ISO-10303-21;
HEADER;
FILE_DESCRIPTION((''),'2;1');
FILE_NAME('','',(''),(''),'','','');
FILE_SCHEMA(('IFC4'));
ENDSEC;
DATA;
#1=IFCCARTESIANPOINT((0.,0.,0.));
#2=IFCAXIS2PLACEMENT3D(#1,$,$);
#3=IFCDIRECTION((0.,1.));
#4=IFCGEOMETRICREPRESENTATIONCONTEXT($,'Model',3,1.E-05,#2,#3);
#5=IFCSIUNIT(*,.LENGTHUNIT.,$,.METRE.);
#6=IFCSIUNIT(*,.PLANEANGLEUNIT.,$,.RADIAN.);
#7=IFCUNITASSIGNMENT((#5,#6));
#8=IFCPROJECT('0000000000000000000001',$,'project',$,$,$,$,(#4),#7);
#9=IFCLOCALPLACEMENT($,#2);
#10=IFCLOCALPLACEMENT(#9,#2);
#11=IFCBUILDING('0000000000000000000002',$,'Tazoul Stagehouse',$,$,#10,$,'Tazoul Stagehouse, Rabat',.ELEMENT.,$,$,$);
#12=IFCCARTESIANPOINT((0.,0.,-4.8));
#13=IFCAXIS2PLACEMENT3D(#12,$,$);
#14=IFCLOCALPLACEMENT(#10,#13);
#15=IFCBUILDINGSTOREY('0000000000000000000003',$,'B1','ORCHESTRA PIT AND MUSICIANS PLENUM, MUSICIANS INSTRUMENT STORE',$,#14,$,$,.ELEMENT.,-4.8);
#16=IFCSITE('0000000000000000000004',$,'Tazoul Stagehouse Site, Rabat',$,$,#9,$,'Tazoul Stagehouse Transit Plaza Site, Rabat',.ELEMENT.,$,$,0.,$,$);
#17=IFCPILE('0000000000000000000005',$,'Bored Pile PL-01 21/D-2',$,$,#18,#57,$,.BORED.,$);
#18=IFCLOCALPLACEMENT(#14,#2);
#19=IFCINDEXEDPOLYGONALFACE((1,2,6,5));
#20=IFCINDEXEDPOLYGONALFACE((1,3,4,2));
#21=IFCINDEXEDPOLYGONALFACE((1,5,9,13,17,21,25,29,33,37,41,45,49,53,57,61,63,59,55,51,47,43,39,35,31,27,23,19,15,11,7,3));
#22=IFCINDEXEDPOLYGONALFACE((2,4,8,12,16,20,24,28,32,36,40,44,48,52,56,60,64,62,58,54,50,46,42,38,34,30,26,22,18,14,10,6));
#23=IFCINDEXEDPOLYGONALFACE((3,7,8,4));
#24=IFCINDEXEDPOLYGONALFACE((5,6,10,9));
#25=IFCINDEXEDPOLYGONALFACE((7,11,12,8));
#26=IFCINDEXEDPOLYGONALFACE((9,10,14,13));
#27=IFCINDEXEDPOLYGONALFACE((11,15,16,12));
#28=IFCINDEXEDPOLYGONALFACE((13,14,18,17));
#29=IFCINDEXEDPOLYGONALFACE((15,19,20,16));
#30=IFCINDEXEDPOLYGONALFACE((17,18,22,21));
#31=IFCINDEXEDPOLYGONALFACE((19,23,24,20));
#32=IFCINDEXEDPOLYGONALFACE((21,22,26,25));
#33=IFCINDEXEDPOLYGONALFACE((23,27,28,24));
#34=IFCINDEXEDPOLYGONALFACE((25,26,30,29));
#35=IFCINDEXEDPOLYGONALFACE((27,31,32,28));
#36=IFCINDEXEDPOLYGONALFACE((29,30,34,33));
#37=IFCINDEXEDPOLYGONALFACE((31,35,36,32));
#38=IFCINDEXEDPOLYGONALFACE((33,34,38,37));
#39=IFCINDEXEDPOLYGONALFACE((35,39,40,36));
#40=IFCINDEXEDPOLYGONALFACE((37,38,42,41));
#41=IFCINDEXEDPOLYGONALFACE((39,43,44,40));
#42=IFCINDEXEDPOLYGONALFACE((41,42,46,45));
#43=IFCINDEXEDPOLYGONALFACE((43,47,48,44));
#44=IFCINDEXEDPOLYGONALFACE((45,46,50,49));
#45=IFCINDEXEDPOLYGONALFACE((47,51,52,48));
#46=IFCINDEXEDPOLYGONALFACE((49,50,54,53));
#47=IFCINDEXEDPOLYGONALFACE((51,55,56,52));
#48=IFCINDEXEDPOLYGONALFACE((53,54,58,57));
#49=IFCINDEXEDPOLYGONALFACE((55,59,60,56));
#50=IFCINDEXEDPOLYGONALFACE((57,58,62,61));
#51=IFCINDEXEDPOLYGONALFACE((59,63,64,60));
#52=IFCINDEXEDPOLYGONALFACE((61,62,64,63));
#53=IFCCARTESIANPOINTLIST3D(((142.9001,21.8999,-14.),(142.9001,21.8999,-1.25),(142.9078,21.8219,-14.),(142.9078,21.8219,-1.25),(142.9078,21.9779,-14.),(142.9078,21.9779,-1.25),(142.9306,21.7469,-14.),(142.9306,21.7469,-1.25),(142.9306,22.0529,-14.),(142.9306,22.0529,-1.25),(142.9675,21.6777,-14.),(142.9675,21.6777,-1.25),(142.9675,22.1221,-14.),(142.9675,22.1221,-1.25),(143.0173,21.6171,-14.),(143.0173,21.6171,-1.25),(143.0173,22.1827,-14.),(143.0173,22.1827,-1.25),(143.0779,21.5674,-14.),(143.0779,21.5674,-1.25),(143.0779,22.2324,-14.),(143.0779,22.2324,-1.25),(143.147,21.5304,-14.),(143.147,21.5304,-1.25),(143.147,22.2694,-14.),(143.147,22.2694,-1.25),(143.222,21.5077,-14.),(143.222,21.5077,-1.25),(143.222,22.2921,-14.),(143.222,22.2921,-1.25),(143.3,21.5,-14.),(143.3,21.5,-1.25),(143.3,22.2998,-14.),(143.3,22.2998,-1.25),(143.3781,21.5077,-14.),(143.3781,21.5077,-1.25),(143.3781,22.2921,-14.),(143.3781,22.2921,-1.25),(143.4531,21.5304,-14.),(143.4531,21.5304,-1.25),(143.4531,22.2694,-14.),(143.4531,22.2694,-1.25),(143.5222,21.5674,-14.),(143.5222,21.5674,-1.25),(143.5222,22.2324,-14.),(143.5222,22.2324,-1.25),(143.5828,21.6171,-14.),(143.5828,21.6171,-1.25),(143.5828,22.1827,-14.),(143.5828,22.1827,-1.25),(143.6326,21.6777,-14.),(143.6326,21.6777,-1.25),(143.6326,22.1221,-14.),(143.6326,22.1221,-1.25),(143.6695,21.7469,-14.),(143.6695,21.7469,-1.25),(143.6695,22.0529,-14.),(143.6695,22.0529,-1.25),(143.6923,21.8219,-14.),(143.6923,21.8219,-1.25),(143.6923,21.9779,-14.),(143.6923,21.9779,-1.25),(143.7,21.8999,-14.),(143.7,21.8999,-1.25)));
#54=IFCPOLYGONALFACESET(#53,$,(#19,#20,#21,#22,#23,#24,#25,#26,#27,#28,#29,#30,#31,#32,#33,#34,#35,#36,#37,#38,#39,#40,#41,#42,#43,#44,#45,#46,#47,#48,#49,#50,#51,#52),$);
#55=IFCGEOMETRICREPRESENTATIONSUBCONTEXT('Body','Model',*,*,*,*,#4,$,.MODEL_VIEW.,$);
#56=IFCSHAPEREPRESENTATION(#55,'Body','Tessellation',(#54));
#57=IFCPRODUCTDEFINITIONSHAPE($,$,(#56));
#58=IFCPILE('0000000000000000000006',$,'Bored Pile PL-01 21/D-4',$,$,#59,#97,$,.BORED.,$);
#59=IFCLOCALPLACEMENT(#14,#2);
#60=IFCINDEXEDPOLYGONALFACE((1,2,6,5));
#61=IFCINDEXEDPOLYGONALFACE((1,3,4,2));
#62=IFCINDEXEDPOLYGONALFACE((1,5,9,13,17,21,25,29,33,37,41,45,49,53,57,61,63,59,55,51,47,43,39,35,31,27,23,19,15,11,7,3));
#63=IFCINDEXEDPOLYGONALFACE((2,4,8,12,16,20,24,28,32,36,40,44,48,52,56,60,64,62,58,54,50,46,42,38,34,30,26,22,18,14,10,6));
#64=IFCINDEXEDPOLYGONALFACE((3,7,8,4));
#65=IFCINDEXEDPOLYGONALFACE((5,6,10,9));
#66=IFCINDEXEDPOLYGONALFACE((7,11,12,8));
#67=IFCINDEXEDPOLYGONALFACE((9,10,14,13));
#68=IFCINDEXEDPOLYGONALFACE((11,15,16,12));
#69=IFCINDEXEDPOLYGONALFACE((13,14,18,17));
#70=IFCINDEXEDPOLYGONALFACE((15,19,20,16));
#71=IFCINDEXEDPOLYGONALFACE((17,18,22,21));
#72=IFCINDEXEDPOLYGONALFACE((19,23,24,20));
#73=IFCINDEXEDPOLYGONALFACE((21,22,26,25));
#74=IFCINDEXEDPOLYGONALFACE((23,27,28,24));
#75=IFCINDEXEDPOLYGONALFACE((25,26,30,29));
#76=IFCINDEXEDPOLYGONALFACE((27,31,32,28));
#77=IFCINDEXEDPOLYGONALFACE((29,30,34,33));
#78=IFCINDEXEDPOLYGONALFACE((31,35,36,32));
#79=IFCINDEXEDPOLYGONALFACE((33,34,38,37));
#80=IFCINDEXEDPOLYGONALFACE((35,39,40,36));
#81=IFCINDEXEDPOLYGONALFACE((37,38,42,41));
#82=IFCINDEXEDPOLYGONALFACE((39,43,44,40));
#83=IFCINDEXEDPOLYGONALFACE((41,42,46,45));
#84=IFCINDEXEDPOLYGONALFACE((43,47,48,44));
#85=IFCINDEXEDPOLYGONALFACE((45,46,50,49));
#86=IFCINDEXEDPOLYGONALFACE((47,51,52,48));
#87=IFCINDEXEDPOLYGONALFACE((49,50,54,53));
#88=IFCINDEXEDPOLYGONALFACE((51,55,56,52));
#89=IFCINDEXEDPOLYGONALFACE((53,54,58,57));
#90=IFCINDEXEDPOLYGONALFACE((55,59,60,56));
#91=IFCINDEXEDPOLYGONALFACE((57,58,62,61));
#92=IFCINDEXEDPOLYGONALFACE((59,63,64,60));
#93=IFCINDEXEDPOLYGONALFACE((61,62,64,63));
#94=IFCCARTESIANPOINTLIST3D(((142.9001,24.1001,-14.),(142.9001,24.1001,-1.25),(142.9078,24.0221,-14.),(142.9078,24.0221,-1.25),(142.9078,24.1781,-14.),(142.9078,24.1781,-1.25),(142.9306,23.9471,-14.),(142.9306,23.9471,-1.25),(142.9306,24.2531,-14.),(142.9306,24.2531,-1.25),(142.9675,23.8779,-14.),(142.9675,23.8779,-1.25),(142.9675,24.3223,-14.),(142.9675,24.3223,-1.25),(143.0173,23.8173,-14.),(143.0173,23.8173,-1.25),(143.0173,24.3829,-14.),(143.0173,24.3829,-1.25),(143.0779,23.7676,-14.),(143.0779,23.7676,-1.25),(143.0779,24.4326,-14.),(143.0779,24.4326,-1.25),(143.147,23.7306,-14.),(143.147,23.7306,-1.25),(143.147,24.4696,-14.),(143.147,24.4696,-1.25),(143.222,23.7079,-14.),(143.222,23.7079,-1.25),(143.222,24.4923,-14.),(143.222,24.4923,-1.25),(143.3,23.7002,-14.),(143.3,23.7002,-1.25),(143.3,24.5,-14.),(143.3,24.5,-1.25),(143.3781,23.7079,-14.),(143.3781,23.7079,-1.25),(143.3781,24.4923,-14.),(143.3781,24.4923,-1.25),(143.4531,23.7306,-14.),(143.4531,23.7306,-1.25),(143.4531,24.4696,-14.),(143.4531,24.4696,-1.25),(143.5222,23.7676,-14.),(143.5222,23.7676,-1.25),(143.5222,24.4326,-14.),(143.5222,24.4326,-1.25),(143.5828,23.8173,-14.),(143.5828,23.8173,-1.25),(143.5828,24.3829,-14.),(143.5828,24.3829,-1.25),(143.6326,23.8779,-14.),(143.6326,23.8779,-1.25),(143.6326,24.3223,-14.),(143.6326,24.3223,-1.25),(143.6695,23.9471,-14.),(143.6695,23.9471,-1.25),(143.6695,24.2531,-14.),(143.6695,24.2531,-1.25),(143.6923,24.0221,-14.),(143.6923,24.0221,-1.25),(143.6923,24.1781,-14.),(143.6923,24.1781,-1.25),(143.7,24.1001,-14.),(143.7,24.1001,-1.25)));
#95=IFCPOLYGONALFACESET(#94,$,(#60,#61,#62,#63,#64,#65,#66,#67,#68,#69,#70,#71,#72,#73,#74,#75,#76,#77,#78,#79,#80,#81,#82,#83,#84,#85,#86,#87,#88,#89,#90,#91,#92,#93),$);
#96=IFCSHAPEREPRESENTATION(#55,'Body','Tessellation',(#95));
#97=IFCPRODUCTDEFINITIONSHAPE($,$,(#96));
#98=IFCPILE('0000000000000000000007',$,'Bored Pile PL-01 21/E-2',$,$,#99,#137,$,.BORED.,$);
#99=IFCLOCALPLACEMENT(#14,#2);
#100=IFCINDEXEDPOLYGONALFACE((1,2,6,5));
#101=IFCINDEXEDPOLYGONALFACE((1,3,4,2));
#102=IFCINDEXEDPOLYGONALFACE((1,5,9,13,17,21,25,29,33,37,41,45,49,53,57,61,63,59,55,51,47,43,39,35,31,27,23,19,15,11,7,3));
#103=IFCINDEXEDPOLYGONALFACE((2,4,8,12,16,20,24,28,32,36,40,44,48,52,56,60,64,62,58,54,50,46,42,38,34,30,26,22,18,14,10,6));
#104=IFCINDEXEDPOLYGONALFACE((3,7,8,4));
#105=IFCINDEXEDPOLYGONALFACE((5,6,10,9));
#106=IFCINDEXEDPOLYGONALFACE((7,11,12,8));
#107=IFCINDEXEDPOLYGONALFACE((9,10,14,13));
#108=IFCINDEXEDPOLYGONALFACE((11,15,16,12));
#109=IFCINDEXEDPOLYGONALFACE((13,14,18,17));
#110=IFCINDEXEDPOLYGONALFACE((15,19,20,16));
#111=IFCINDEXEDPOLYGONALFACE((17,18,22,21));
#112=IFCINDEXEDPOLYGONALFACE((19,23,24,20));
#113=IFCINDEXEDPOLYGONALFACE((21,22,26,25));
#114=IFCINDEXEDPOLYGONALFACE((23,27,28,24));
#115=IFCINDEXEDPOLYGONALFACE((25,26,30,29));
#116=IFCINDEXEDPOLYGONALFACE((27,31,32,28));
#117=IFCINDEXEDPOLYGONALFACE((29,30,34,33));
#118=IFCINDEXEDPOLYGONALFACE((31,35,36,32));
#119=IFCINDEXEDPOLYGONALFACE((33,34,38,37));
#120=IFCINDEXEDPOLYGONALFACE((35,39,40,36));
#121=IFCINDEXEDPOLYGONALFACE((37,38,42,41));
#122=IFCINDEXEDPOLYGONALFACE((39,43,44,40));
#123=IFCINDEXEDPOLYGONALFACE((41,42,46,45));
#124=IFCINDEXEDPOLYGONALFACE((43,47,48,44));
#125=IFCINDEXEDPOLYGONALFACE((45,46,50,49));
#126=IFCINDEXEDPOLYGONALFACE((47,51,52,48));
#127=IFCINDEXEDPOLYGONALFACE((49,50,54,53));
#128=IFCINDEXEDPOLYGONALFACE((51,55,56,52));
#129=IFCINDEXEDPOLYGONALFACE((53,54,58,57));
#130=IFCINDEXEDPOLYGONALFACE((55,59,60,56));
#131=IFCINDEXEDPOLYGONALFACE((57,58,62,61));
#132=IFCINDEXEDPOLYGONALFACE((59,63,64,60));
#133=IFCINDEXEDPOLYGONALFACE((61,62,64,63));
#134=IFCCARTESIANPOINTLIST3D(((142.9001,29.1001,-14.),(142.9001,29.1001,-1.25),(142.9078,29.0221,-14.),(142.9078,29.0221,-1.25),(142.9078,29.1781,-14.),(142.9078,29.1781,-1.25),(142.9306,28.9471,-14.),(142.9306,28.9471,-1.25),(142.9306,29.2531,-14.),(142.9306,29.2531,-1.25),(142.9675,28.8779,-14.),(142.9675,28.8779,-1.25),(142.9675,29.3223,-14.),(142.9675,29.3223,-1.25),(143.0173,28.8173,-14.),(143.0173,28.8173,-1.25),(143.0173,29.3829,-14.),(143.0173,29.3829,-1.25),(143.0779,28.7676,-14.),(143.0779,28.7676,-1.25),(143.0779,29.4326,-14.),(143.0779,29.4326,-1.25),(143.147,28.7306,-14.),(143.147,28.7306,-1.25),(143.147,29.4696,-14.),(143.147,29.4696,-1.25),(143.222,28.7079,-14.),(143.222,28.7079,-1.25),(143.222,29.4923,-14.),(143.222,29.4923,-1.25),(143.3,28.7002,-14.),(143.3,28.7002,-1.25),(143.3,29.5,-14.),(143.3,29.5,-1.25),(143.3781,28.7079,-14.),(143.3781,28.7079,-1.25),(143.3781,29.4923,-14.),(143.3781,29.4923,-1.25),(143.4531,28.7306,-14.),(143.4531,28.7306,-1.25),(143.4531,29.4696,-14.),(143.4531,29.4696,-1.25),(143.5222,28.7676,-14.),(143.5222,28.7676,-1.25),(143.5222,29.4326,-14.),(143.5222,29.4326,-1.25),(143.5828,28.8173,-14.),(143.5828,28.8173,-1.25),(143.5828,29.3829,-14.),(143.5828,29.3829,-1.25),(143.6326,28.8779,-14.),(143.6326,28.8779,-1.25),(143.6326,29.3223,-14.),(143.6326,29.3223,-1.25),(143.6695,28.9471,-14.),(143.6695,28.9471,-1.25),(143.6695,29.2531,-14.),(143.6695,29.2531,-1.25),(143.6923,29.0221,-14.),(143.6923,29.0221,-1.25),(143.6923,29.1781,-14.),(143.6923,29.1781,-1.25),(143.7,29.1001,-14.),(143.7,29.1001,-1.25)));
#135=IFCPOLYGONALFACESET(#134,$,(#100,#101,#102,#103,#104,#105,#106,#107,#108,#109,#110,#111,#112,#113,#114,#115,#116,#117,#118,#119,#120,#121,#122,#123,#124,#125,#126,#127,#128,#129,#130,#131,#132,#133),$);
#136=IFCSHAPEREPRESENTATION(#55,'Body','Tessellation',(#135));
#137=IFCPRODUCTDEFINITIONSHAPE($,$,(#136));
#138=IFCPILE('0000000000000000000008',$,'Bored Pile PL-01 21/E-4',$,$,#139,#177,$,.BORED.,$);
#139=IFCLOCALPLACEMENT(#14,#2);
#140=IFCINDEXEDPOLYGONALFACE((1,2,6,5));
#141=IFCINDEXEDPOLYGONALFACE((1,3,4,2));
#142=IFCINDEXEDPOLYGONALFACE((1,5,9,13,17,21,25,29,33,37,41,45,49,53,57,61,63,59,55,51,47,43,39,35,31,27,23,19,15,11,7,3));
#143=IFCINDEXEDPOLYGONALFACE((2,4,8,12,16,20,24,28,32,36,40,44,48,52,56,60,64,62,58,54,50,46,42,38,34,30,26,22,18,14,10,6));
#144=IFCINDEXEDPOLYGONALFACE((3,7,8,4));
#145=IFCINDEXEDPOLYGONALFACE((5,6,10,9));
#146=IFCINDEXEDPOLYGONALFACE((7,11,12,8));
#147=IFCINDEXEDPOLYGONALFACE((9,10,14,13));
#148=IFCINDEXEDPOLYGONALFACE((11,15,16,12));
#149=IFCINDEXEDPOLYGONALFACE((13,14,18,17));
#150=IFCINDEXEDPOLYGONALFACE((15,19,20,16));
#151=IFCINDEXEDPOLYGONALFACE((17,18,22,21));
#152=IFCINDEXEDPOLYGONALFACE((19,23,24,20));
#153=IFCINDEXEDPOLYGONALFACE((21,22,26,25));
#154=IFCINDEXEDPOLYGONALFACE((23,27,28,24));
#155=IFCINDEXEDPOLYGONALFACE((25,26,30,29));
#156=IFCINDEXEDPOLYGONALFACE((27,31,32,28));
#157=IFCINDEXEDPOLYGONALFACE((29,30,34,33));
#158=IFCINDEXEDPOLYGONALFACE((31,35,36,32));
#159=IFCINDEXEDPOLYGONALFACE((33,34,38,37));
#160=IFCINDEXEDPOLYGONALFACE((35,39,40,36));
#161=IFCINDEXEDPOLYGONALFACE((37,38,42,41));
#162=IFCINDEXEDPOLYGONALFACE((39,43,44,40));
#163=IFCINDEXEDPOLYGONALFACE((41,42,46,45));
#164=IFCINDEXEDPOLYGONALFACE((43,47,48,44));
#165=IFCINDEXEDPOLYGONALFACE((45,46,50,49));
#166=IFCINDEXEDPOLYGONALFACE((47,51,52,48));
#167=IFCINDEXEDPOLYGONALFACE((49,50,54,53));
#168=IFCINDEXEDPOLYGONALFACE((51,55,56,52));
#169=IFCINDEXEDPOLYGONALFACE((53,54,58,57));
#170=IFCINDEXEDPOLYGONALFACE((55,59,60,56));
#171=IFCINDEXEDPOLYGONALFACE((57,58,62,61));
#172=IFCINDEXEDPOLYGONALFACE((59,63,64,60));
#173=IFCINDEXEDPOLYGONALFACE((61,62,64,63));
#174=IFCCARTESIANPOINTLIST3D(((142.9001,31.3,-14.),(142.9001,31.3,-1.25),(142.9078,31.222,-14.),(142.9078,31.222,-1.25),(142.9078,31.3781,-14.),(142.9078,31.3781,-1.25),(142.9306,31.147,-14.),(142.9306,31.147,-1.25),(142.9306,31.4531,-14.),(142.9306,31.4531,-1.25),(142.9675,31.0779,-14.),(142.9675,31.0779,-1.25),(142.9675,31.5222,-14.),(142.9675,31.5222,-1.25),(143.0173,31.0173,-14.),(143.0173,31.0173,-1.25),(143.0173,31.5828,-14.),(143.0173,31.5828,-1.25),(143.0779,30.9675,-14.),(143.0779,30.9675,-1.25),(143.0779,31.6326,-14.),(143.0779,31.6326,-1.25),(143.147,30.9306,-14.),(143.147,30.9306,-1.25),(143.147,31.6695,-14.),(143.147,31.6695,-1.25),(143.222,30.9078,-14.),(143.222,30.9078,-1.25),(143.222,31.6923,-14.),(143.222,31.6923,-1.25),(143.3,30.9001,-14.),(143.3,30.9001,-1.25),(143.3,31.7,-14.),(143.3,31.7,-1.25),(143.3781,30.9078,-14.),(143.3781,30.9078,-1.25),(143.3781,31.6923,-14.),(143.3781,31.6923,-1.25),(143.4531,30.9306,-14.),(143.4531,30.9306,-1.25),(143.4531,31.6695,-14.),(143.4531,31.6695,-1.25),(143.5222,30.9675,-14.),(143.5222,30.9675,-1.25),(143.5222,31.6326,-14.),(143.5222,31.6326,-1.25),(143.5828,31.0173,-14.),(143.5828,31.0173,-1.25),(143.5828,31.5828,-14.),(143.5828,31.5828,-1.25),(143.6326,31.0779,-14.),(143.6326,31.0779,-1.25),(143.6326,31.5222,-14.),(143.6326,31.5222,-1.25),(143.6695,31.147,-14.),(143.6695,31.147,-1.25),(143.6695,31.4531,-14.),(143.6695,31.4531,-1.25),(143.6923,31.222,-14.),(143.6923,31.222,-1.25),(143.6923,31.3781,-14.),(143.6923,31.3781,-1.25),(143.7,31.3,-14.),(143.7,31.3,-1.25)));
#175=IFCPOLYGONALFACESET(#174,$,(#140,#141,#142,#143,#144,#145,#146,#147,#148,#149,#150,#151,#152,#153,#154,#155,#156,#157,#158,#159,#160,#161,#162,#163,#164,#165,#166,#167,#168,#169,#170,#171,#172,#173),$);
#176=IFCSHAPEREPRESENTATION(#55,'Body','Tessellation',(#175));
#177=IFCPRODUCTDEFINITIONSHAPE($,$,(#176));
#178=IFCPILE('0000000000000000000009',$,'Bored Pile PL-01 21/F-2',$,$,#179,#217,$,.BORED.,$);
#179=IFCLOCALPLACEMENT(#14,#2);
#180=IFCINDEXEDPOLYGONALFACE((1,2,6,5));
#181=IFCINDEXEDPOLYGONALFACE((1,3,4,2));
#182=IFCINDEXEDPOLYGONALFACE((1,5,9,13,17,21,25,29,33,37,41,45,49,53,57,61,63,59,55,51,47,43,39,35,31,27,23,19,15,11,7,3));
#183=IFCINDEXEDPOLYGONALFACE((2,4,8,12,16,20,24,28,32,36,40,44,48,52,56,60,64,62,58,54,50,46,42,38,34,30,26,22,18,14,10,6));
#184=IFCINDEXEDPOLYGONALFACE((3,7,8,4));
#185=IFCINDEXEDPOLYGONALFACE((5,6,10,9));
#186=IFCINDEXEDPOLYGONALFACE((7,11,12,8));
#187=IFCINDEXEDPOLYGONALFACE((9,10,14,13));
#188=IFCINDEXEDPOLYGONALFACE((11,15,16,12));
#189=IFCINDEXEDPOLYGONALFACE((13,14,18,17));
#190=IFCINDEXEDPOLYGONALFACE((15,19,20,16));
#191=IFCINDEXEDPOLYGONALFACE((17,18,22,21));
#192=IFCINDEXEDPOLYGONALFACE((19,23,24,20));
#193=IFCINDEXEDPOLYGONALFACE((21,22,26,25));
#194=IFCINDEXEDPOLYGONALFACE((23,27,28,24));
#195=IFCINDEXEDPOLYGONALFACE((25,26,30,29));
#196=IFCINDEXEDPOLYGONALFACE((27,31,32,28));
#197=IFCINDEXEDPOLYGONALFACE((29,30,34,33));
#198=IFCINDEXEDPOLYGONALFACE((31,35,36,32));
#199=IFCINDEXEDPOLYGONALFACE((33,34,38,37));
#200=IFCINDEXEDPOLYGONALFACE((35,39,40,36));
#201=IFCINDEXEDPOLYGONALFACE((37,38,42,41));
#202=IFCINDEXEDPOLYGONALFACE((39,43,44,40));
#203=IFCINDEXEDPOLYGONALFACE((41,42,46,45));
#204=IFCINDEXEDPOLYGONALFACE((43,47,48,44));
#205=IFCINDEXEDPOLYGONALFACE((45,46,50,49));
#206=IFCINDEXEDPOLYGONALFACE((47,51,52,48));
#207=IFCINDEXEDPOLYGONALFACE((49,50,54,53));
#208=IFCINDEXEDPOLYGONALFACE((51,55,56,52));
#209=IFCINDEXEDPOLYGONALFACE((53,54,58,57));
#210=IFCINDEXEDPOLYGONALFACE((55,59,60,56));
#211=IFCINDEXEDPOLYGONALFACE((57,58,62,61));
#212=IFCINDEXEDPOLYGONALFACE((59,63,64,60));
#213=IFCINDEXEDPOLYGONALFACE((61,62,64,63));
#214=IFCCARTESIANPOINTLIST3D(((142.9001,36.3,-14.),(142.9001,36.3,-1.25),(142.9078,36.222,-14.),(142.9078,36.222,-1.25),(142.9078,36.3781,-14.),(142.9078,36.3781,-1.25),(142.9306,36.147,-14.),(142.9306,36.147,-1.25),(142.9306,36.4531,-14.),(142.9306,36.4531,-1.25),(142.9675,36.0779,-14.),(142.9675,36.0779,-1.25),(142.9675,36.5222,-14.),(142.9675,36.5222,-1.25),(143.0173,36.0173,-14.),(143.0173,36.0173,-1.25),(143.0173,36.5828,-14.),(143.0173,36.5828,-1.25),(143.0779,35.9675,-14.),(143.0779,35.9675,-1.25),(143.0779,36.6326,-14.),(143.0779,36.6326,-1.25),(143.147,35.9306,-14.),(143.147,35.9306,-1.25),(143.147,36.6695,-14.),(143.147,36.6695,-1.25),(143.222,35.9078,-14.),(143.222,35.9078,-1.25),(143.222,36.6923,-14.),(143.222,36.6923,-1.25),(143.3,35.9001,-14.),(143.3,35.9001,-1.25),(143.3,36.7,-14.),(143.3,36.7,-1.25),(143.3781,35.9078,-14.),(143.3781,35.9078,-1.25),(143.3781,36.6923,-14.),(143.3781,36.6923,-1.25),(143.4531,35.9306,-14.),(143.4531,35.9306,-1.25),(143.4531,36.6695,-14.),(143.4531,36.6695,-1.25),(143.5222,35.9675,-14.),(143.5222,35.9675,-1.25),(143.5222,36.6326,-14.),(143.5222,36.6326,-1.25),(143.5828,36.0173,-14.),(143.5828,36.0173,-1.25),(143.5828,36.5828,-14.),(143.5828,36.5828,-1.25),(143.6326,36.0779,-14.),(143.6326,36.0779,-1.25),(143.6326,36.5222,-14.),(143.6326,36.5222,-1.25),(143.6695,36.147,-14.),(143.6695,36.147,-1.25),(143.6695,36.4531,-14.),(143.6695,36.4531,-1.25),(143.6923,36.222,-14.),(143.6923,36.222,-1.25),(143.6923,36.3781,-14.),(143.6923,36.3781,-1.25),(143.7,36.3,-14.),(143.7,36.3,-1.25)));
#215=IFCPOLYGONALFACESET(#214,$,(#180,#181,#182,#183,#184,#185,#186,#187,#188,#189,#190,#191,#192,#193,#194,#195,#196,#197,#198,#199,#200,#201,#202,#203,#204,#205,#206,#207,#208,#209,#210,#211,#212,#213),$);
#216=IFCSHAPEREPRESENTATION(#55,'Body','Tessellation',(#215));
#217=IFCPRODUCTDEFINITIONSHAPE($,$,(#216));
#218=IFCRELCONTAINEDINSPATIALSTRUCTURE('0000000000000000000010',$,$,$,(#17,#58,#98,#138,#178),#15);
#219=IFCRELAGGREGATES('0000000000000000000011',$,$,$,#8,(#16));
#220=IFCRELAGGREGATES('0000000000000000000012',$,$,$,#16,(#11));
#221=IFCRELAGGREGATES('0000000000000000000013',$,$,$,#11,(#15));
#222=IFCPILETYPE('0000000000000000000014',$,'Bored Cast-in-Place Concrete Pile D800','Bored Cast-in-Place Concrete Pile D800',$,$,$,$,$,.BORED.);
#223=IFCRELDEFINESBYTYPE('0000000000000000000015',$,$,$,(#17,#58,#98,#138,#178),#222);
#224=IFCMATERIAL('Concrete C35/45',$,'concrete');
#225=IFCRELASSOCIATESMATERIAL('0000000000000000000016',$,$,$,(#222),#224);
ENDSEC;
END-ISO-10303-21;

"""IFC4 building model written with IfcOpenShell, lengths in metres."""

from ifc_helpers import new_model, si_unit, direction, frame, origin, origin_2d, place, context, subcontext, project, spatial, circle, extrude, material, material_profile, profile_set, type_object, element, save


model = new_model("IFC4")

# Units and contexts
model_context = context("Model", 3, precision=1e-05, world=origin(), true_north=direction((0.0, 1.0)))
body_context = subcontext(model_context, "Body", "Model", "MODEL_VIEW")
ifc_project = project(units=[si_unit("LENGTHUNIT", "METRE"), si_unit("PLANEANGLEUNIT", "RADIAN")], contexts=[model_context])

# Site, building, storey
site_placement = place(None, origin())
site = spatial("IfcSite", under=ifc_project, at=site_placement, Name="Tazoul Stagehouse Site, Rabat", LongName="Tazoul Stagehouse Transit Plaza Site, Rabat", CompositionType="ELEMENT", RefElevation=0.0)
building_placement = place(site_placement, origin())
building = spatial("IfcBuilding", under=site, at=building_placement, Name="Tazoul Stagehouse", LongName="Tazoul Stagehouse, Rabat", CompositionType="ELEMENT")
storey_placement = place(building_placement, frame((0.0, 0.0, -4.8)))
storey = spatial("IfcBuildingStorey", under=building, at=storey_placement, Name="B1", Description="ORCHESTRA PIT AND MUSICIANS PLENUM, MUSICIANS INSTRUMENT STORE", CompositionType="ELEMENT", Elevation=-4.8)

# Piles
ifc_material_1 = material(Name="Concrete C35/45", Category="concrete")
ifc_material_profile_1 = material_profile(ifc_material_1, circle(Radius=0.3999, at=origin_2d()), Name="BORED PILE 800")
ifc_profile_set_1 = profile_set([ifc_material_profile_1], Name="Concrete C35/45")
pile_type = type_object("IfcPileType", Name="Bored Cast-in-Place Concrete Pile D800", Description="Bored Cast-in-Place Concrete Pile D800", PredefinedType="BORED", material=ifc_profile_set_1)
for number, where, z_axis, x_axis, name in (
    (1, (143.3, 21.8999, -1.25), (0.0, 0.0, -1.0), (1.0, 0.0, 0.0), "Bored Pile PL-01 21/D-2"),
    (2, (143.3, 24.1001, -1.25), (0.0, 0.0, -1.0), (1.0, 0.0, 0.0), "Bored Pile PL-01 21/D-4"),
    (3, (143.3, 29.1001, -1.25), (0.0, 0.0, -1.0), (1.0, 0.0, 0.0), "Bored Pile PL-01 21/E-2"),
    (4, (143.3, 31.3, -1.25), (0.0, 0.0, -1.0), (1.0, 0.0, 0.0), "Bored Pile PL-01 21/E-4"),
    (5, (143.3, 36.3, -1.25), (0.0, 0.0, -1.0), (1.0, 0.0, 0.0), "Bored Pile PL-01 21/F-2"),
):
    element("IfcPile", number, at=place(storey_placement, frame(where, z_axis=z_axis, x_axis=x_axis)), inside=storey, type_object=pile_type, Name=name, PredefinedType="BORED", context=body_context, shape_type="SweptSolid", body=[
        extrude(circle(Radius=0.3999, at=origin_2d()), origin(), (0.0, 0.0, 1.0), 12.75),
    ])

save(model, "model.ifc")
